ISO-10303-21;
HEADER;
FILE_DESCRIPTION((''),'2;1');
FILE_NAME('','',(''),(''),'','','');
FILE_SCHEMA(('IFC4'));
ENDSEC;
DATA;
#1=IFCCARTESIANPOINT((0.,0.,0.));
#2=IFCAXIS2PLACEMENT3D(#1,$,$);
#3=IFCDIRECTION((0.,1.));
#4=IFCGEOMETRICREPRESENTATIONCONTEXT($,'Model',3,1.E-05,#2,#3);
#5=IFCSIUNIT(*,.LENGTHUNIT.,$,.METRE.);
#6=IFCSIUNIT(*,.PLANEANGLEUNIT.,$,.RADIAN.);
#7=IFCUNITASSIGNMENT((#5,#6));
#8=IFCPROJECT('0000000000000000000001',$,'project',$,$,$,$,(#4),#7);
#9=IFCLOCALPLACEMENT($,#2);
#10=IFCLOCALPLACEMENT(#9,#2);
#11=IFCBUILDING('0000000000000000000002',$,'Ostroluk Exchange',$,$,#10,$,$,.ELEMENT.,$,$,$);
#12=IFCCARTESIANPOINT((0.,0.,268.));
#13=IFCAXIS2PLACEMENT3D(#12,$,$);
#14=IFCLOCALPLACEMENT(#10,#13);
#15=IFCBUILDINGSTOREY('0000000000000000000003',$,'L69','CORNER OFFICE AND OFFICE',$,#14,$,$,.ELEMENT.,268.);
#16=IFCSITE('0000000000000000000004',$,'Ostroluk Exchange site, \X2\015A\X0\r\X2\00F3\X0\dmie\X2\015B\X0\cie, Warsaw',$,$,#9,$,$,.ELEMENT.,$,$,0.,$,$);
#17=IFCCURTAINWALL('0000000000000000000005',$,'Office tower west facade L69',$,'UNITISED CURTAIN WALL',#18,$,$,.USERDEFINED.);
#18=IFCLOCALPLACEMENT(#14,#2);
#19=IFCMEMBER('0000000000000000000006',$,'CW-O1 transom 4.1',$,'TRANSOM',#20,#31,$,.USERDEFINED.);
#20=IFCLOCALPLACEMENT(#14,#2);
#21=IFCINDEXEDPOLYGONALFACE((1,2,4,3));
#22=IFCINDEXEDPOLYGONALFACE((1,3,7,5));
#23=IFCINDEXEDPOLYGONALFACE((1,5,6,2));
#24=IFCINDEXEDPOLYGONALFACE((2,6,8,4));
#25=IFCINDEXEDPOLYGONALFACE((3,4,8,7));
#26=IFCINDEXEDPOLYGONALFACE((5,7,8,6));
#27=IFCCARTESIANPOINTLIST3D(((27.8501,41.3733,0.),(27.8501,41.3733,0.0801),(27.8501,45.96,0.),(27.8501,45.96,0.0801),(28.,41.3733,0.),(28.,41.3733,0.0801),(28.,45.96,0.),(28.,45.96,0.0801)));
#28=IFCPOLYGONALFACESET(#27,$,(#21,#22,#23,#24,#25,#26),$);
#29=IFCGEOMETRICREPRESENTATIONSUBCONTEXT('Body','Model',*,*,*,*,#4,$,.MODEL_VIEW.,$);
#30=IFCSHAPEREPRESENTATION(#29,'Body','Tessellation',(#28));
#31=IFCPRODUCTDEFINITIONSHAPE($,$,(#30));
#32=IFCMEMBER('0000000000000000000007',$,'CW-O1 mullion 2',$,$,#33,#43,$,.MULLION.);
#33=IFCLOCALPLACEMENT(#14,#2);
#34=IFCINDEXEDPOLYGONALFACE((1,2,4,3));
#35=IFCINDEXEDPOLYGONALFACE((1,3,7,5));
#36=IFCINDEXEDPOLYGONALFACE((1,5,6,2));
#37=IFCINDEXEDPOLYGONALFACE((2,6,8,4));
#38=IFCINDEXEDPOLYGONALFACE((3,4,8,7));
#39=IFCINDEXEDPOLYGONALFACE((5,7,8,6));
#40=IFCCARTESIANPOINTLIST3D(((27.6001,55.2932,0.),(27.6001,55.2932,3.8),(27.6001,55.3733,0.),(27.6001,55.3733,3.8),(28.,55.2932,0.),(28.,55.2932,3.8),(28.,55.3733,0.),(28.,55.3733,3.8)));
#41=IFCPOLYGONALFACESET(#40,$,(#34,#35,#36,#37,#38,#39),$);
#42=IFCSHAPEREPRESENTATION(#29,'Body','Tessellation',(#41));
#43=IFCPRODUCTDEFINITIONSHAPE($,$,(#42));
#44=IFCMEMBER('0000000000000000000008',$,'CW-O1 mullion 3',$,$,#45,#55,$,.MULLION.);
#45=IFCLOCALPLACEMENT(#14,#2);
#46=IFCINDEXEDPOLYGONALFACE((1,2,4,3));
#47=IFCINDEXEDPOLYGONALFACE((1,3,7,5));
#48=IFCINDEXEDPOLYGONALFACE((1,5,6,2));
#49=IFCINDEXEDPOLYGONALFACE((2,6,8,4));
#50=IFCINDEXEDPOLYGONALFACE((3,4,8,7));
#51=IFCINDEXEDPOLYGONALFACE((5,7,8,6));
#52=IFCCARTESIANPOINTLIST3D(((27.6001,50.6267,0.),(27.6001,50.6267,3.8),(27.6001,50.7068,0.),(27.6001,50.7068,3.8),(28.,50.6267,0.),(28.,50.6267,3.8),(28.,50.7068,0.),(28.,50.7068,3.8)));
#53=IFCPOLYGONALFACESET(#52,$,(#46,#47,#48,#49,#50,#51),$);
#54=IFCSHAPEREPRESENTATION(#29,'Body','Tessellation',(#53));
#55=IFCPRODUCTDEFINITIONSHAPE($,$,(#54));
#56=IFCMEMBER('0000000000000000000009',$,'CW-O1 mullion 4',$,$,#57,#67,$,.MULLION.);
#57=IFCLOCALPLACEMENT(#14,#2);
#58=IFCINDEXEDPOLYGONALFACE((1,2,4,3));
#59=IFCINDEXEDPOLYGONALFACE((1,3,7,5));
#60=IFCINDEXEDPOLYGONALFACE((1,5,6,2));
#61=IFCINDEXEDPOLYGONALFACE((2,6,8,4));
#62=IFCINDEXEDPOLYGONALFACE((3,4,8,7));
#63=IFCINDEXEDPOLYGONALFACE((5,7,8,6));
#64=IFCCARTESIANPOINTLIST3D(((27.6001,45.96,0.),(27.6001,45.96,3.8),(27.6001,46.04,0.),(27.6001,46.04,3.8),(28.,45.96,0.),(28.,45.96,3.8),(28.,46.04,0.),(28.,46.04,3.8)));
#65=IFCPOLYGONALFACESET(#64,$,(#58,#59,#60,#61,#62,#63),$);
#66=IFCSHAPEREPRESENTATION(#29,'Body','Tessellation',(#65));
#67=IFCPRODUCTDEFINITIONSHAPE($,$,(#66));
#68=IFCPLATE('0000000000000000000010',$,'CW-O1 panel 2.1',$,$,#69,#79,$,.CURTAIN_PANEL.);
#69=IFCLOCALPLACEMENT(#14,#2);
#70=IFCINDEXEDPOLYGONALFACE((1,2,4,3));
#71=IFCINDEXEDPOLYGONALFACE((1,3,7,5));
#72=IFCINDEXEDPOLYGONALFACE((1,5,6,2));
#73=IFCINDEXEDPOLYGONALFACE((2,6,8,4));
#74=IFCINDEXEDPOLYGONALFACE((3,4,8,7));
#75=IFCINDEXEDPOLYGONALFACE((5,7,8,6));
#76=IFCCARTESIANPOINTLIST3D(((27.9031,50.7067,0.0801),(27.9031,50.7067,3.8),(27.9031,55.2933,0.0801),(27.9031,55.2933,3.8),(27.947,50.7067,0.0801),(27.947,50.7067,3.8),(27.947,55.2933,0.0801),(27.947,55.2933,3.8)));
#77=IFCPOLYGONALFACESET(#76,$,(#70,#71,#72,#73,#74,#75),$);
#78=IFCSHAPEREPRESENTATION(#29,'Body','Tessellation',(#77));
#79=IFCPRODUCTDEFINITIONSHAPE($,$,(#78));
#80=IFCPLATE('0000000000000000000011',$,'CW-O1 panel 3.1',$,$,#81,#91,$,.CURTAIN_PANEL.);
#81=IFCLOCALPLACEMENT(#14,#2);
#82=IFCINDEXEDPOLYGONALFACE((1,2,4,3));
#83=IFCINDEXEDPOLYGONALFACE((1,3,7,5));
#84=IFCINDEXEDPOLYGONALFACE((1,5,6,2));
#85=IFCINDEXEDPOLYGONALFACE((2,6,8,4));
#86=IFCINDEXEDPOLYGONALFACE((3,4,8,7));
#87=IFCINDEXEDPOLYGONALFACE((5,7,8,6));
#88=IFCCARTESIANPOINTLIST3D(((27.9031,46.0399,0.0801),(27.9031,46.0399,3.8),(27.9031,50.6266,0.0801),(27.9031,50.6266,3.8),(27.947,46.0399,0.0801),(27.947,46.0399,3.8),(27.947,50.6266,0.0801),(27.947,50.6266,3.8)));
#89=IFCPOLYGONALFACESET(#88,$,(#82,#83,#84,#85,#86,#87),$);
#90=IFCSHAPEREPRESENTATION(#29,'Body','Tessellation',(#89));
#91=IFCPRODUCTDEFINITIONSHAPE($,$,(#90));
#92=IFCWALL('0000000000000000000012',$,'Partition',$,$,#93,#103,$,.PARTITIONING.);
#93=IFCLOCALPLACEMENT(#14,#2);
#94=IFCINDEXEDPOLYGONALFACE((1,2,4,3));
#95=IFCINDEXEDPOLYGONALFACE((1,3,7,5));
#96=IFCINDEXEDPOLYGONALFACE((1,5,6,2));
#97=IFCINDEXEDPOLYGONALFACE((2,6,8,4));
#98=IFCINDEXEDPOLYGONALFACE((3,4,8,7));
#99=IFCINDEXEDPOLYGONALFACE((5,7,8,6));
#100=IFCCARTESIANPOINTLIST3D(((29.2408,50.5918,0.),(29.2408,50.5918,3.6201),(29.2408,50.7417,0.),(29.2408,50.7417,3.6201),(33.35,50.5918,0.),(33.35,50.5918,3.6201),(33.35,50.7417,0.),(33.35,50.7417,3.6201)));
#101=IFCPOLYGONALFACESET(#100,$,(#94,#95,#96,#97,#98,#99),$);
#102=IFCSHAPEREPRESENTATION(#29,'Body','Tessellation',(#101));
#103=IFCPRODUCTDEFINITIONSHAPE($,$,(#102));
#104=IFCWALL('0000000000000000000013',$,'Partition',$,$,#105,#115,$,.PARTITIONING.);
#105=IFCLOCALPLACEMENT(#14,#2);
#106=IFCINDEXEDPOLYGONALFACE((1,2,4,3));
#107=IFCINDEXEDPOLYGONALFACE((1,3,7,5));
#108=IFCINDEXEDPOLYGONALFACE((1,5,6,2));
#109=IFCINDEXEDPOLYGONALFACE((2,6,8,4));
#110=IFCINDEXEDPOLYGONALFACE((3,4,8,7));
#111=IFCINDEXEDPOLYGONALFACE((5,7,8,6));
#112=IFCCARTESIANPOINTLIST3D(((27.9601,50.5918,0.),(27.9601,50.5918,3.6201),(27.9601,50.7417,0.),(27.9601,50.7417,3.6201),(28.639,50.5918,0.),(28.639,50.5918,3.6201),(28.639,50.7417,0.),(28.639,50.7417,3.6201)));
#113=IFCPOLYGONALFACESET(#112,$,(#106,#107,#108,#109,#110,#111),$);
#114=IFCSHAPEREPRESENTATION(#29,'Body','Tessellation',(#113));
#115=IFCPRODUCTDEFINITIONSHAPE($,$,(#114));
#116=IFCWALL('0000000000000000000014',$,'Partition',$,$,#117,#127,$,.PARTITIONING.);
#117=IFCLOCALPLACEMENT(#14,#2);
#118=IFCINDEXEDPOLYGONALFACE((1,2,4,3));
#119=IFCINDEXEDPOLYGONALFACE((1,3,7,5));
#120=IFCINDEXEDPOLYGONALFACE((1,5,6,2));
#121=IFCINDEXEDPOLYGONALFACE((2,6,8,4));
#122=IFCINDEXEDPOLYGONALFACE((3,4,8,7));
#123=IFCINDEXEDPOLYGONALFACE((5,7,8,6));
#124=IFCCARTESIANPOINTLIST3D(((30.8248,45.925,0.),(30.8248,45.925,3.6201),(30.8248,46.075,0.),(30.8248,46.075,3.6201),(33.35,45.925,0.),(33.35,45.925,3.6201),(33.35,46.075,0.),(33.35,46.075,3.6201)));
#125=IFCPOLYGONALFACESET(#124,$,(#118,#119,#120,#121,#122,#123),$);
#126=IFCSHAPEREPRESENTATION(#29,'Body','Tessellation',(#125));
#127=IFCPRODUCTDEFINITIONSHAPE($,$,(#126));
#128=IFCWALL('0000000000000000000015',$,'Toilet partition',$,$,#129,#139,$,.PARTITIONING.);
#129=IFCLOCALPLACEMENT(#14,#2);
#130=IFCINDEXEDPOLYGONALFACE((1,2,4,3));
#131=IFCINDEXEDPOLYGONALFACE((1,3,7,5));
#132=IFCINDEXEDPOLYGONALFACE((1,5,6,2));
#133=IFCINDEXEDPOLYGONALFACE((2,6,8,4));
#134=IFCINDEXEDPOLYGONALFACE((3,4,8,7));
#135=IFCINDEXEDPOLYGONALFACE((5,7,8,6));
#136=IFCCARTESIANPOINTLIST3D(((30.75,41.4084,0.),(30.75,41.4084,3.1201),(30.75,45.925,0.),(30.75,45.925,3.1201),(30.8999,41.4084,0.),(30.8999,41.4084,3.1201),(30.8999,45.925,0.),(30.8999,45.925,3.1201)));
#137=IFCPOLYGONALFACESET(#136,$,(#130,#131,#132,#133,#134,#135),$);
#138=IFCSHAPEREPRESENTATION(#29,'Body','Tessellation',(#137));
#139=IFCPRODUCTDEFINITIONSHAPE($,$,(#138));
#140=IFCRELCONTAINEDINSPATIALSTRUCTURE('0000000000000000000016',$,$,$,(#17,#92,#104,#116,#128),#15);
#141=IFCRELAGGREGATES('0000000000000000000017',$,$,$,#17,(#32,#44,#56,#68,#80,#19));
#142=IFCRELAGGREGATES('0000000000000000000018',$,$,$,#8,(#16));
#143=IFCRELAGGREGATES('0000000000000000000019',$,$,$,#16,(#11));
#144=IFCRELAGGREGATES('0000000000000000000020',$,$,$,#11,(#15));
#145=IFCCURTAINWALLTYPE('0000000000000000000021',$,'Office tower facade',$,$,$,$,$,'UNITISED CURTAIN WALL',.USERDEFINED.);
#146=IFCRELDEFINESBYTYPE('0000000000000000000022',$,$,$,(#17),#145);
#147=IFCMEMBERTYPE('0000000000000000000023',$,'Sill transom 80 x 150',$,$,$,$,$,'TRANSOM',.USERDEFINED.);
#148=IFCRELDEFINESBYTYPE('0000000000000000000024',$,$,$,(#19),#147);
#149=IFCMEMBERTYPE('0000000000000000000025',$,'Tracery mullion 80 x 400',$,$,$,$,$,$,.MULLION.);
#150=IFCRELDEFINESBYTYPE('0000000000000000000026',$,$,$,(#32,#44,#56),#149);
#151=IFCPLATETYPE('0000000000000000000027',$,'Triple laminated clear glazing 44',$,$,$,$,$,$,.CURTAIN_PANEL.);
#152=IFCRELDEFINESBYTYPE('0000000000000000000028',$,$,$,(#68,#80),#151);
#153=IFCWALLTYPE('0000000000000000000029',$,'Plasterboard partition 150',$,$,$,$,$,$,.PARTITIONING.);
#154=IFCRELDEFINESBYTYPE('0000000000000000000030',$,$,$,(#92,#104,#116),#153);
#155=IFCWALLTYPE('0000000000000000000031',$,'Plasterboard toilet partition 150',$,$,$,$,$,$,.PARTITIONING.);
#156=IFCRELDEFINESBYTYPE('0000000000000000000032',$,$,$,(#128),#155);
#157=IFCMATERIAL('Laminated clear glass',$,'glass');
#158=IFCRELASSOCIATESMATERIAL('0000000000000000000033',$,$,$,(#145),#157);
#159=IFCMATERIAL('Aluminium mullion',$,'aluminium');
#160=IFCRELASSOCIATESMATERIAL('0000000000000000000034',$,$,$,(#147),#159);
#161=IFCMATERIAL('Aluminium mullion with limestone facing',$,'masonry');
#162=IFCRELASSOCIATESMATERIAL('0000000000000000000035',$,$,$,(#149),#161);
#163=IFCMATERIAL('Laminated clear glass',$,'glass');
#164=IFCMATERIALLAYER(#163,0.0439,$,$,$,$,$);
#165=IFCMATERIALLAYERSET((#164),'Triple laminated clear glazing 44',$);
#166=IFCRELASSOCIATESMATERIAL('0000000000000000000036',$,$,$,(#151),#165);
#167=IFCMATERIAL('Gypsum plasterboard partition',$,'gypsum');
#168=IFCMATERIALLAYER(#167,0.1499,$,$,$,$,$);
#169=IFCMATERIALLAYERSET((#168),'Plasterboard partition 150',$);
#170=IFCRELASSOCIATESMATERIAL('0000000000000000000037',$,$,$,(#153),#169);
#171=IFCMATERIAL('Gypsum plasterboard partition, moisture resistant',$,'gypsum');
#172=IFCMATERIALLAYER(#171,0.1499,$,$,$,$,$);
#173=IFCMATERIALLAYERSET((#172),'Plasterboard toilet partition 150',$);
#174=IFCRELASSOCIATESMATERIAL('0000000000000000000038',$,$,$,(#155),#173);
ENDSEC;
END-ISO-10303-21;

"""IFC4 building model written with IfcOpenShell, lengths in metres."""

from ifc_helpers import new_model, si_unit, direction, frame, frame_2d, origin, origin_2d, place, context, subcontext, project, spatial, rectangle, extrude, material, layer, layer_set, material_profile, profile_set, type_object, element, aggregate, save


model = new_model("IFC4")

# Units and contexts
model_context = context("Model", 3, precision=1e-05, world=origin(), true_north=direction((0.0, 1.0)))
body_context = subcontext(model_context, "Body", "Model", "MODEL_VIEW")
ifc_project = project(units=[si_unit("LENGTHUNIT", "METRE"), si_unit("PLANEANGLEUNIT", "RADIAN")], contexts=[model_context])

# Site, building, storey
site_placement = place(None, origin())
site = spatial("IfcSite", under=ifc_project, at=site_placement, Name="Ostroluk Exchange site, Śródmieście, Warsaw", CompositionType="ELEMENT", RefElevation=0.0)
building_placement = place(site_placement, origin())
building = spatial("IfcBuilding", under=site, at=building_placement, Name="Ostroluk Exchange", CompositionType="ELEMENT")
storey_placement = place(building_placement, frame((0.0, 0.0, 268.0)))
storey = spatial("IfcBuildingStorey", under=building, at=storey_placement, Name="L69", Description="CORNER OFFICE AND OFFICE", CompositionType="ELEMENT", Elevation=268.0)

# Curtain wall, members, plates
ifc_material_1 = material(Name="Laminated clear glass", Category="glass")
curtain_wall_type = type_object("IfcCurtainWallType", Name="Office tower facade", ElementType="UNITISED CURTAIN WALL", PredefinedType="USERDEFINED", material=ifc_material_1)
curtain_wall_placement = place(storey_placement, origin())
curtain_wall = element("IfcCurtainWall", 1, at=curtain_wall_placement, inside=storey, type_object=curtain_wall_type, Name="Office tower west facade L69", ObjectType="UNITISED CURTAIN WALL", PredefinedType="USERDEFINED")
ifc_material_2 = material(Name="Aluminium mullion", Category="aluminium")
ifc_material_profile_1 = material_profile(ifc_material_2, rectangle(XDim=0.1499, YDim=0.0801, at=origin_2d()), Name="Sill transom 80 x 150")
ifc_profile_set_1 = profile_set([ifc_material_profile_1], Name="Aluminium mullion")
member_type_1 = type_object("IfcMemberType", Name="Sill transom 80 x 150", ElementType="TRANSOM", PredefinedType="USERDEFINED", material=ifc_profile_set_1)
member_1_placement = place(storey_placement, frame((27.925, 45.96, 0.04), z_axis=(0.0, -1.0, 0.0), x_axis=(1.0, 0.0, 0.0)))
member_1 = element("IfcMember", 2, at=member_1_placement, type_object=member_type_1, Name="CW-O1 transom 4.1", ObjectType="TRANSOM", PredefinedType="USERDEFINED", context=body_context, shape_type="SweptSolid", body=[
    extrude(rectangle(XDim=0.1499, YDim=0.0801, at=origin_2d()), origin(), (0.0, 0.0, 1.0), 4.5867),
])
ifc_material_3 = material(Name="Aluminium mullion with limestone facing", Category="masonry")
ifc_material_profile_2 = material_profile(ifc_material_3, rectangle(XDim=0.3999, YDim=0.0801, at=origin_2d()), Name="Tracery mullion 80 x 400")
ifc_profile_set_2 = profile_set([ifc_material_profile_2], Name="Aluminium mullion with limestone facing")
member_type_2 = type_object("IfcMemberType", Name="Tracery mullion 80 x 400", PredefinedType="MULLION", material=ifc_profile_set_2)
member_2_placement = place(storey_placement, frame((27.8, 55.3333, 0.0), z_axis=(0.0, 0.0, 1.0), x_axis=(1.0, 0.0, 0.0)))
member_2 = element("IfcMember", 3, at=member_2_placement, type_object=member_type_2, Name="CW-O1 mullion 2", PredefinedType="MULLION", context=body_context, shape_type="SweptSolid", body=[
    extrude(rectangle(XDim=0.3999, YDim=0.0801, at=origin_2d()), origin(), (0.0, 0.0, 1.0), 3.8),
])
member_3_placement = place(storey_placement, frame((27.8, 50.6667, 0.0), z_axis=(0.0, 0.0, 1.0), x_axis=(1.0, 0.0, 0.0)))
member_3 = element("IfcMember", 4, at=member_3_placement, type_object=member_type_2, Name="CW-O1 mullion 3", PredefinedType="MULLION", context=body_context, shape_type="SweptSolid", body=[
    extrude(rectangle(XDim=0.3999, YDim=0.0801, at=origin_2d()), origin(), (0.0, 0.0, 1.0), 3.8),
])
member_4_placement = place(storey_placement, frame((27.8, 46.0, 0.0), z_axis=(0.0, 0.0, 1.0), x_axis=(1.0, 0.0, 0.0)))
member_4 = element("IfcMember", 5, at=member_4_placement, type_object=member_type_2, Name="CW-O1 mullion 4", PredefinedType="MULLION", context=body_context, shape_type="SweptSolid", body=[
    extrude(rectangle(XDim=0.3999, YDim=0.0801, at=origin_2d()), origin(), (0.0, 0.0, 1.0), 3.8),
])
ifc_material_4 = material(Name="Laminated clear glass", Category="glass")
ifc_layer_1 = layer(ifc_material_4, 0.0439)
ifc_layer_set_1 = layer_set([ifc_layer_1], Name="Triple laminated clear glazing 44")
plate_type = type_object("IfcPlateType", Name="Triple laminated clear glazing 44", PredefinedType="CURTAIN_PANEL", material=ifc_layer_set_1)
plate_1_placement = place(storey_placement, frame((27.925, 53.0, 0.0801), z_axis=(0.0, 0.0, 1.0), x_axis=(0.0, -1.0, 0.0)))
plate_1 = element("IfcPlate", 6, at=plate_1_placement, type_object=plate_type, Name="CW-O1 panel 2.1", PredefinedType="CURTAIN_PANEL", context=body_context, shape_type="SweptSolid", body=[
    extrude(rectangle(XDim=4.5867, YDim=0.0439, at=origin_2d()), origin(), (0.0, 0.0, 1.0), 3.72),
])
plate_2_placement = place(storey_placement, frame((27.925, 48.3333, 0.0801), z_axis=(0.0, 0.0, 1.0), x_axis=(0.0, -1.0, 0.0)))
plate_2 = element("IfcPlate", 7, at=plate_2_placement, type_object=plate_type, Name="CW-O1 panel 3.1", PredefinedType="CURTAIN_PANEL", context=body_context, shape_type="SweptSolid", body=[
    extrude(rectangle(XDim=4.5867, YDim=0.0439, at=origin_2d()), origin(), (0.0, 0.0, 1.0), 3.72),
])
aggregate(curtain_wall, [member_2, member_3, member_4, plate_1, plate_2, member_1])

# Walls
ifc_material_5 = material(Name="Gypsum plasterboard partition", Category="gypsum")
ifc_layer_2 = layer(ifc_material_5, 0.1499)
ifc_layer_set_2 = layer_set([ifc_layer_2], Name="Plasterboard partition 150")
wall_type_1 = type_object("IfcWallType", Name="Plasterboard partition 150", PredefinedType="PARTITIONING", material=ifc_layer_set_2)
wall_1_placement = place(storey_placement, frame((33.3501, 50.6667, 0.0), z_axis=(0.0, 0.0, 1.0), x_axis=(-1.0, 0.0, 0.0)))
element("IfcWall", 8, at=wall_1_placement, inside=storey, type_object=wall_type_1, Name="Partition", PredefinedType="PARTITIONING", context=body_context, shape_type="SweptSolid", body=[
    extrude(rectangle(XDim=4.1091, YDim=0.1499, at=frame_2d((2.0547, 0.0))), origin(), (0.0, 0.0, 1.0), 3.6201),
])
wall_2_placement = place(storey_placement, frame((28.6389, 50.6667, 0.0), z_axis=(0.0, 0.0, 1.0), x_axis=(-1.0, 0.0, 0.0)))
element("IfcWall", 9, at=wall_2_placement, inside=storey, type_object=wall_type_1, Name="Partition", PredefinedType="PARTITIONING", context=body_context, shape_type="SweptSolid", body=[
    extrude(rectangle(XDim=0.679, YDim=0.1499, at=frame_2d((0.3394, 0.0))), origin(), (0.0, 0.0, 1.0), 3.6201),
])
wall_3_placement = place(storey_placement, frame((33.3501, 46.0, 0.0), z_axis=(0.0, 0.0, 1.0), x_axis=(-1.0, 0.0, 0.0)))
element("IfcWall", 10, at=wall_3_placement, inside=storey, type_object=wall_type_1, Name="Partition", PredefinedType="PARTITIONING", context=body_context, shape_type="SweptSolid", body=[
    extrude(rectangle(XDim=2.5251, YDim=0.1499, at=frame_2d((1.2627, 0.0))), origin(), (0.0, 0.0, 1.0), 3.6201),
])
ifc_material_6 = material(Name="Gypsum plasterboard partition, moisture resistant", Category="gypsum")
ifc_layer_3 = layer(ifc_material_6, 0.1499)
ifc_layer_set_3 = layer_set([ifc_layer_3], Name="Plasterboard toilet partition 150")
wall_type_2 = type_object("IfcWallType", Name="Plasterboard toilet partition 150", PredefinedType="PARTITIONING", material=ifc_layer_set_3)
wall_4_placement = place(storey_placement, frame((30.825, 45.925, 0.0), z_axis=(0.0, 0.0, 1.0), x_axis=(0.0, -1.0, 0.0)))
element("IfcWall", 11, at=wall_4_placement, inside=storey, type_object=wall_type_2, Name="Toilet partition", PredefinedType="PARTITIONING", context=body_context, shape_type="SweptSolid", body=[
    extrude(rectangle(XDim=4.5166, YDim=0.1499, at=frame_2d((2.2583, 0.0))), origin(), (0.0, 0.0, 1.0), 3.1201),
])

save(model, "model.ifc")
